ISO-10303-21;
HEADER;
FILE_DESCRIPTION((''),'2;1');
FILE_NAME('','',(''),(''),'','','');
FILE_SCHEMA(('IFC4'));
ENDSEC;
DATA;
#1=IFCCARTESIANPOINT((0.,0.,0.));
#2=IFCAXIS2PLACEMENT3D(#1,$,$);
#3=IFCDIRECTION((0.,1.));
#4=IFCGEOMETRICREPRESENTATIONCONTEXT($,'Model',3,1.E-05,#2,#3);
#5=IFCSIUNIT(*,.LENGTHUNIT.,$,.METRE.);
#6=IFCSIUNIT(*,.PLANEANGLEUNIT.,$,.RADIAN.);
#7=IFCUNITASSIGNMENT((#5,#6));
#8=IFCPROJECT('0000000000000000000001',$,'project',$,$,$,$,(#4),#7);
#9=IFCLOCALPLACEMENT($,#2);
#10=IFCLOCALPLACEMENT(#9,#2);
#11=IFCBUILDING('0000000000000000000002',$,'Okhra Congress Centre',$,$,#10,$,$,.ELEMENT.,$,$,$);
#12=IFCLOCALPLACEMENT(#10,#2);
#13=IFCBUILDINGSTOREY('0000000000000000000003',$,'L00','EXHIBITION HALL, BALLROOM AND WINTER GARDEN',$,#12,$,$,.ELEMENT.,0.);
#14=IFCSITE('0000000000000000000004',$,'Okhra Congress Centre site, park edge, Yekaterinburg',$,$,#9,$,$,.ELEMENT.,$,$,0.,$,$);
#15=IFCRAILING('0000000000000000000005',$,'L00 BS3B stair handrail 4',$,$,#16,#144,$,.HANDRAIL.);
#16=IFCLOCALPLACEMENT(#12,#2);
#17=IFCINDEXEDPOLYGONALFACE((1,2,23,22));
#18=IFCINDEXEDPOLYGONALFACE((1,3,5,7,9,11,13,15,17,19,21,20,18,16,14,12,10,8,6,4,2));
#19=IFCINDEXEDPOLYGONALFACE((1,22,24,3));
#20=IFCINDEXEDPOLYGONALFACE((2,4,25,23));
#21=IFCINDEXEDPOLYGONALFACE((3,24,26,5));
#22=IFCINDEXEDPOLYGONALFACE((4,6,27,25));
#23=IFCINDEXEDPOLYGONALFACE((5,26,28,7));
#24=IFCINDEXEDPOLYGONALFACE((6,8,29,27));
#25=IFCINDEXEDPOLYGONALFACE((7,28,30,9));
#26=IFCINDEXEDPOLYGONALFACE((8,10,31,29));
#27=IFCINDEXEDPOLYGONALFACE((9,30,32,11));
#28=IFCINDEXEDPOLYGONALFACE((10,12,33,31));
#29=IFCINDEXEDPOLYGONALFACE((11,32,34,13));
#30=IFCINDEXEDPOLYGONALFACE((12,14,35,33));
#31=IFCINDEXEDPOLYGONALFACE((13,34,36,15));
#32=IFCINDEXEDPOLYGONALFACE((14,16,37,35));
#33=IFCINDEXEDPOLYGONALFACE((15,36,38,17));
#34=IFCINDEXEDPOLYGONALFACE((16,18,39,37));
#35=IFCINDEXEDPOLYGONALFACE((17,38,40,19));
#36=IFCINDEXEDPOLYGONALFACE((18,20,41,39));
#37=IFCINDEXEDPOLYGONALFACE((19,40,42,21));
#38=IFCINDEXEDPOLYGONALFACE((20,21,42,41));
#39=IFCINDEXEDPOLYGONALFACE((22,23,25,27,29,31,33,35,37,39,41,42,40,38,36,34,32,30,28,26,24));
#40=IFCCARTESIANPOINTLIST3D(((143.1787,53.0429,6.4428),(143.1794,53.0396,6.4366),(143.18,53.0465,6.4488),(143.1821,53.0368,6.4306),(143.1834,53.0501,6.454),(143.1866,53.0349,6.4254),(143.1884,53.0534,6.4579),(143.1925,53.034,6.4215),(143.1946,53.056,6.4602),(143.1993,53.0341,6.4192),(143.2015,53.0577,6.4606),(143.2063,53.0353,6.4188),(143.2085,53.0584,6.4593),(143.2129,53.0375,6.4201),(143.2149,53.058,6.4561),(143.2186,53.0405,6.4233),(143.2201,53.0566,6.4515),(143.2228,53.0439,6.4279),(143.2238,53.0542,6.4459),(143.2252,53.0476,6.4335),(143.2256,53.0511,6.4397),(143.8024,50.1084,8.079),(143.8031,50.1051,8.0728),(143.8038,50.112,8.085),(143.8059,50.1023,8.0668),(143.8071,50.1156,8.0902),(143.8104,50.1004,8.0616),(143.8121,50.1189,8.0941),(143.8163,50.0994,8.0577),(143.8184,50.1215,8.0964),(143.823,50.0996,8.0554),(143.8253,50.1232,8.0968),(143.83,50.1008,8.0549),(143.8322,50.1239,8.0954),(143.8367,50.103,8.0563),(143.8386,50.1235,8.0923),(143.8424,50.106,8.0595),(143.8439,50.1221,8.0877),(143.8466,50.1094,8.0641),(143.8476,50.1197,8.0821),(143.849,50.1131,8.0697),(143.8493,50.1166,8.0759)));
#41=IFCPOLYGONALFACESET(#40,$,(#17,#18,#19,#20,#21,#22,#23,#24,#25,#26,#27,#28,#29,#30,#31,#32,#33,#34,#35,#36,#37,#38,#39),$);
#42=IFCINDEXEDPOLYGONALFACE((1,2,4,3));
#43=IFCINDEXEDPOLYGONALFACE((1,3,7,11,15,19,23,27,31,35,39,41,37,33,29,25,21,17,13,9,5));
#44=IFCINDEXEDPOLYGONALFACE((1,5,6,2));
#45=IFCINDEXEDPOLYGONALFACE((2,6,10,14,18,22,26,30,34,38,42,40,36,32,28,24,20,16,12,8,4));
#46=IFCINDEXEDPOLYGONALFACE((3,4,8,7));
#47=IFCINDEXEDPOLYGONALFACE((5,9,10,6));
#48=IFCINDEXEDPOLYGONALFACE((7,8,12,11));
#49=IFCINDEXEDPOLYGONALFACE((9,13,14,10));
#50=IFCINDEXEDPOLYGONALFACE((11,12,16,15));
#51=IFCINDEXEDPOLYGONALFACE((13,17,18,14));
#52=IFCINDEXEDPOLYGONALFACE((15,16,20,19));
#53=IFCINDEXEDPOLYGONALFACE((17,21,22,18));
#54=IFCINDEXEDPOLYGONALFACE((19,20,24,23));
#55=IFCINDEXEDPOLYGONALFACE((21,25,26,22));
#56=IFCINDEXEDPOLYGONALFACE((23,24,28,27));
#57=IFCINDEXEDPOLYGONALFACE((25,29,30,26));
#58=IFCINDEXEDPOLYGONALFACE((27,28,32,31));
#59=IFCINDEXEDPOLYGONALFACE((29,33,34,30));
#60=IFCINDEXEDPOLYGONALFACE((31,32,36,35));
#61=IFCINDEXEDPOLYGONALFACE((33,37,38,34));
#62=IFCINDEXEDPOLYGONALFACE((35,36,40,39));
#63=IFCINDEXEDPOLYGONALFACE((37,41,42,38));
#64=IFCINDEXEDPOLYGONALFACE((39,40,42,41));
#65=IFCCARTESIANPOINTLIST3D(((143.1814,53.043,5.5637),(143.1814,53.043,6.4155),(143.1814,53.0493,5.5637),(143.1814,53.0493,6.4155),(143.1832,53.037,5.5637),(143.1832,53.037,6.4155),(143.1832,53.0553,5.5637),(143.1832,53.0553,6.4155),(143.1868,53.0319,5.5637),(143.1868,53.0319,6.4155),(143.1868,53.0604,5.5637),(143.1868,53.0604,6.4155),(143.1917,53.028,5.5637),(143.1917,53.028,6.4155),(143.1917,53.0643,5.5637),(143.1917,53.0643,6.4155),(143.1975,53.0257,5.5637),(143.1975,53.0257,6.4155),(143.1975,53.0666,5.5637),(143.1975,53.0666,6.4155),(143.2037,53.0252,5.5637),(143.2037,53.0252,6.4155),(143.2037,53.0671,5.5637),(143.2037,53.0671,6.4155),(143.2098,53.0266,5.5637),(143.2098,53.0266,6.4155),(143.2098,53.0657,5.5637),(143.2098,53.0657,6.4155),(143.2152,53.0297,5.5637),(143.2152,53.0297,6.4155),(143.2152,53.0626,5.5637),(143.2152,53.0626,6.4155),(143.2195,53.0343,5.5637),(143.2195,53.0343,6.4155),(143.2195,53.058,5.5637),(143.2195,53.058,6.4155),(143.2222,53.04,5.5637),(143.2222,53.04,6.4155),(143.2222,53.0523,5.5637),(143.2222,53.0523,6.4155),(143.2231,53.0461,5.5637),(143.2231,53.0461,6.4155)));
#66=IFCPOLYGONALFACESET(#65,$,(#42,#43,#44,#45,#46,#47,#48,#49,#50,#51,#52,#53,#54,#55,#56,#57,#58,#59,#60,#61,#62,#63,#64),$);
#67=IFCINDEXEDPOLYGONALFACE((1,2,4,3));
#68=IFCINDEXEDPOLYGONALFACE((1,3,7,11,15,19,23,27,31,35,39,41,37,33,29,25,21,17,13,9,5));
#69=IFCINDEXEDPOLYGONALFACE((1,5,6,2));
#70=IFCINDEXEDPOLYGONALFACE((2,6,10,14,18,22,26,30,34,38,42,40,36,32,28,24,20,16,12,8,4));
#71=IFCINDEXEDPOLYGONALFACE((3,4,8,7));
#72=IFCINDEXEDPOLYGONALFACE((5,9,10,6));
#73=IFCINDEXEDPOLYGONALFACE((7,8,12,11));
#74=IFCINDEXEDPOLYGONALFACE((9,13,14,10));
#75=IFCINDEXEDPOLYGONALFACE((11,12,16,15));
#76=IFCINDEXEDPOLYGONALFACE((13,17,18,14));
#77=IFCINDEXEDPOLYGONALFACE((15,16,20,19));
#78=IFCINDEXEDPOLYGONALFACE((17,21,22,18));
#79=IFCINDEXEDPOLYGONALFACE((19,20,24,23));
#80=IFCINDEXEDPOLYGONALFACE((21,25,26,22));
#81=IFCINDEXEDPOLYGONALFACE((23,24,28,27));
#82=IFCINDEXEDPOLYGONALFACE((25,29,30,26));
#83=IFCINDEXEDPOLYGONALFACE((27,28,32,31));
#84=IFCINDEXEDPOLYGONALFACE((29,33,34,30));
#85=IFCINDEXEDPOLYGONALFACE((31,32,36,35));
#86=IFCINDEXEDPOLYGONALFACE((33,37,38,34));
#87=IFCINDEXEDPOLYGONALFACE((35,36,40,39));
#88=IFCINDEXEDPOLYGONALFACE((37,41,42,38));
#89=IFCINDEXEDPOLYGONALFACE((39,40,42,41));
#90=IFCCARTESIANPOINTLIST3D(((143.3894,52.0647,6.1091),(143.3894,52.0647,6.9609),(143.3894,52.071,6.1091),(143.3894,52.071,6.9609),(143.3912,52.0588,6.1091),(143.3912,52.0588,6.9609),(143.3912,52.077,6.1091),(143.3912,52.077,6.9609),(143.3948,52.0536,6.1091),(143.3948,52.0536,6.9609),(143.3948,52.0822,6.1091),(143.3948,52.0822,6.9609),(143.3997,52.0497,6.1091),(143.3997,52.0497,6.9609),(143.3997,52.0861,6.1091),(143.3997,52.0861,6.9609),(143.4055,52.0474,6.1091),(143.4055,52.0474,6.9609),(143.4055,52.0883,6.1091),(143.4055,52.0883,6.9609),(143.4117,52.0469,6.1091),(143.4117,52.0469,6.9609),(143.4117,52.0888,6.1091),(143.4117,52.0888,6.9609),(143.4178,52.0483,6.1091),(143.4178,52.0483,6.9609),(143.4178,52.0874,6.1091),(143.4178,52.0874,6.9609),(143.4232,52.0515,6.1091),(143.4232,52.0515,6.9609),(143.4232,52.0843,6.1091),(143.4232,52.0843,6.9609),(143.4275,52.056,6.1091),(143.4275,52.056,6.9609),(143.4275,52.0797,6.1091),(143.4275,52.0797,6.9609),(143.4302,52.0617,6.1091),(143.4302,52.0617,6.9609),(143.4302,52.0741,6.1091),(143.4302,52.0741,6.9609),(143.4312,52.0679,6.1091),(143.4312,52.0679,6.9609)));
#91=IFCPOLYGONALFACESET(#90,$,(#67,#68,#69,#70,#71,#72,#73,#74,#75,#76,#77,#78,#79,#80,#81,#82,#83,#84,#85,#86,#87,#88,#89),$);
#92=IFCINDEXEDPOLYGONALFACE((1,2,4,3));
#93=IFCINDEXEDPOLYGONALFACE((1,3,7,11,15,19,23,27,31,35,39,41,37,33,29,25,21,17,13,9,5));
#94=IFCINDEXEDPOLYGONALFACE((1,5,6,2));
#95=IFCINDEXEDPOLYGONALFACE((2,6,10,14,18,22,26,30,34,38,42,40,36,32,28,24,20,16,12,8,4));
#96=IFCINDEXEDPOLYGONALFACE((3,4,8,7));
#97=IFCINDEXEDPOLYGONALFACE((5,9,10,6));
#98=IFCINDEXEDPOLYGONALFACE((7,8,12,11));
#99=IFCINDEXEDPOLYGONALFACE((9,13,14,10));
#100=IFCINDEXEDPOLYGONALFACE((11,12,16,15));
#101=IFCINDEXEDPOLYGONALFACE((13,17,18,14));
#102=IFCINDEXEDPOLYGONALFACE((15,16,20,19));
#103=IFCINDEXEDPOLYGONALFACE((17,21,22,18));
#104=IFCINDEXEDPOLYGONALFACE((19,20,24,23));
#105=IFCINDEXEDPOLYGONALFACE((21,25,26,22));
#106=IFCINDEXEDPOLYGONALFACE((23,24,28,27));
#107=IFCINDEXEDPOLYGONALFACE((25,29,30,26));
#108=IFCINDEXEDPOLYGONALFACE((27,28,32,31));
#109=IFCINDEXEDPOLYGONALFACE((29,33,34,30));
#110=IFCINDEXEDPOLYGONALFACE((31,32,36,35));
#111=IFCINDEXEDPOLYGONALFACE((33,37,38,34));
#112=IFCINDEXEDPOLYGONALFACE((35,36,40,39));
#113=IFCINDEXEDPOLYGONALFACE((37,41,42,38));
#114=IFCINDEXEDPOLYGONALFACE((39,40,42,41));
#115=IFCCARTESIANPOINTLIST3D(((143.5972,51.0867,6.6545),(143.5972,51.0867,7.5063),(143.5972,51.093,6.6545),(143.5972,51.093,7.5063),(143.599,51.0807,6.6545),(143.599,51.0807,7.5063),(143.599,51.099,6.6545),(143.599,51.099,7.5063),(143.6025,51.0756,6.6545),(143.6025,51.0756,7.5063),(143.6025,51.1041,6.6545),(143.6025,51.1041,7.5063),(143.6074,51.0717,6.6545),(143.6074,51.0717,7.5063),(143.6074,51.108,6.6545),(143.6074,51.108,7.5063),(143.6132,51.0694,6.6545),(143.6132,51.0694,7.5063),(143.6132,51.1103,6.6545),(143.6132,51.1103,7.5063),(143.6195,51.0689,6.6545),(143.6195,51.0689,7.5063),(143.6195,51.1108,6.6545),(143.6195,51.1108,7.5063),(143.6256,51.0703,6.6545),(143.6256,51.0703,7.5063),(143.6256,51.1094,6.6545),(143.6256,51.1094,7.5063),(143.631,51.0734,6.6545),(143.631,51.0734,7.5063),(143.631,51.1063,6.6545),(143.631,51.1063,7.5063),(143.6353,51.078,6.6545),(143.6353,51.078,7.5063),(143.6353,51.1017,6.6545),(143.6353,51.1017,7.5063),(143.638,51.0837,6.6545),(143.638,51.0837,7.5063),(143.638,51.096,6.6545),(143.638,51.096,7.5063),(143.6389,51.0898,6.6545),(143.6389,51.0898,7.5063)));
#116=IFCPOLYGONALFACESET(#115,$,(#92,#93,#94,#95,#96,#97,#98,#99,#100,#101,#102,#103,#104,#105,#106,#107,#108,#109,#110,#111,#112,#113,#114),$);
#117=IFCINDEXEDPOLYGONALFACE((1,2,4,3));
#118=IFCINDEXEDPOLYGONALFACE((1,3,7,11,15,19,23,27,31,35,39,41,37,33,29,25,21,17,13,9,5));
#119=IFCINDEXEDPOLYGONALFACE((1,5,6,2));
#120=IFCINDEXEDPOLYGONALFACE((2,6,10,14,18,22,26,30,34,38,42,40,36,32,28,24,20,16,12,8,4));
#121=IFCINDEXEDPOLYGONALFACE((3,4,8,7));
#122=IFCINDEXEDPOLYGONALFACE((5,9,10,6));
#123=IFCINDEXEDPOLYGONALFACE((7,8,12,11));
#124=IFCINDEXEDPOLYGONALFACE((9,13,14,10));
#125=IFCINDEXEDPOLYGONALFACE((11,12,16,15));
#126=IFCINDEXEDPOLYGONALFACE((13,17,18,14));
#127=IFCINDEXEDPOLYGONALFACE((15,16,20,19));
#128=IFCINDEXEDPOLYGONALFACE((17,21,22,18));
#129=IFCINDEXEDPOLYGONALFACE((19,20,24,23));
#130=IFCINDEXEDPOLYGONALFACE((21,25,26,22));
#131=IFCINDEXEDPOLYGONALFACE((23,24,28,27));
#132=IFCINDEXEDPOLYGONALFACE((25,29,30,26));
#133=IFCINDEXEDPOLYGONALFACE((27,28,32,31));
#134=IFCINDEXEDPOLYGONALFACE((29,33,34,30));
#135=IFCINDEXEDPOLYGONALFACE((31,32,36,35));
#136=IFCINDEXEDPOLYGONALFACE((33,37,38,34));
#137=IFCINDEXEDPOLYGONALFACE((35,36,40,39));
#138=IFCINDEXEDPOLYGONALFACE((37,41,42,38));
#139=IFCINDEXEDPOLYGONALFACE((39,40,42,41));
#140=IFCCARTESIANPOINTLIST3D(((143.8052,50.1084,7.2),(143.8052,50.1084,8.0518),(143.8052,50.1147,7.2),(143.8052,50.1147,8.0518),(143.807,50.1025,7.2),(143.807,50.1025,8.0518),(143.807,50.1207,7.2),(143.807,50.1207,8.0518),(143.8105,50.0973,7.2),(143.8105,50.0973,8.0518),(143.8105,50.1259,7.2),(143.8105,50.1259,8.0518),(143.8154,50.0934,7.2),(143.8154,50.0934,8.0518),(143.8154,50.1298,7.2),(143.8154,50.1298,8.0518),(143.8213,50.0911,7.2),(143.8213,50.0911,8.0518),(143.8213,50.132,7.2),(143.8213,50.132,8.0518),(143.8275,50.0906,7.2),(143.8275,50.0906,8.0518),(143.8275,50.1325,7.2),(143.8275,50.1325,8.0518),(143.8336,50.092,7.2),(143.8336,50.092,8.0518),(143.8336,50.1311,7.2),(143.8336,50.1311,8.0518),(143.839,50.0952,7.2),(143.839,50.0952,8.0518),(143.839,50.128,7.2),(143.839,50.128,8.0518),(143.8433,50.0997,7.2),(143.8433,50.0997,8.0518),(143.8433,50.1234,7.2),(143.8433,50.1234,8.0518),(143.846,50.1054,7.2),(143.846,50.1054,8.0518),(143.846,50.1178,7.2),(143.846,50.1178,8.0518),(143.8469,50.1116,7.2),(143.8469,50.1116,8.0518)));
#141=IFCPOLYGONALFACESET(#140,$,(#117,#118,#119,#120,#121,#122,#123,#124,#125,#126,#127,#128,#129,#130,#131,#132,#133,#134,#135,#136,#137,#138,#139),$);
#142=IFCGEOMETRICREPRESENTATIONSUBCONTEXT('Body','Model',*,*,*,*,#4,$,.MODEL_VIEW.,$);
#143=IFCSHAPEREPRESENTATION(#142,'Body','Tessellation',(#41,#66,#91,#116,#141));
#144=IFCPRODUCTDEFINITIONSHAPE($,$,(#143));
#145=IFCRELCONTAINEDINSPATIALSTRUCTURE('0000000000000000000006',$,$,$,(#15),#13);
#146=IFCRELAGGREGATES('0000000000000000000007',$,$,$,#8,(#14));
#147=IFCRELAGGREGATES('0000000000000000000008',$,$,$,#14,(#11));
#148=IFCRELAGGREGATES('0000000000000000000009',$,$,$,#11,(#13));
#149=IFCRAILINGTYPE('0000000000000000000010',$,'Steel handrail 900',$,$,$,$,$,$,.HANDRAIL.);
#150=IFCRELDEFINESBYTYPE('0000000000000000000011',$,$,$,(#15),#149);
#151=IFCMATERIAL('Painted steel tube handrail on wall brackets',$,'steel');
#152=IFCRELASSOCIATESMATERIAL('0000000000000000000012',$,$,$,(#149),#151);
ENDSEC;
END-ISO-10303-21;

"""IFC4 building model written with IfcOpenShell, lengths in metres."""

from ifc_helpers import new_model, si_unit, direction, frame, origin, origin_2d, place, context, subcontext, project, spatial, circle, extrude, material, type_object, element, save


model = new_model("IFC4")

# Units and contexts
model_context = context("Model", 3, precision=1e-05, world=origin(), true_north=direction((0.0, 1.0)))
body_context = subcontext(model_context, "Body", "Model", "MODEL_VIEW")
ifc_project = project(units=[si_unit("LENGTHUNIT", "METRE"), si_unit("PLANEANGLEUNIT", "RADIAN")], contexts=[model_context])

# Site, building, storey
site_placement = place(None, origin())
site = spatial("IfcSite", under=ifc_project, at=site_placement, Name="Okhra Congress Centre site, park edge, Yekaterinburg", CompositionType="ELEMENT", RefElevation=0.0)
building_placement = place(site_placement, origin())
building = spatial("IfcBuilding", under=site, at=building_placement, Name="Okhra Congress Centre", CompositionType="ELEMENT")
storey_placement = place(building_placement, origin())
storey = spatial("IfcBuildingStorey", under=building, at=storey_placement, Name="L00", Description="EXHIBITION HALL, BALLROOM AND WINTER GARDEN", CompositionType="ELEMENT", Elevation=0.0)

# Railing
ifc_material_1 = material(Name="Painted steel tube handrail on wall brackets", Category="steel")
railing_type_1 = type_object("IfcRailingType", Name="Steel handrail 900", PredefinedType="HANDRAIL", material=ifc_material_1)
railing_1_placement = place(storey_placement, frame((143.2021, 53.0461, 5.5637)))
element("IfcRailing", 1, at=railing_1_placement, inside=storey, type_object=railing_type_1, Name="L00 BS3B stair handrail 4", PredefinedType="HANDRAIL", context=body_context, shape_type="SweptSolid", body=[
    extrude(circle(Radius=0.0239, at=origin_2d()), frame((0.0, 0.0, 0.876), z_axis=(0.182535, -0.858735, 0.478806), x_axis=(0.978146, 0.207917, 0.0)), (0.0, 0.0, 1.0), 3.4172),
    extrude(circle(Radius=0.021, at=origin_2d()), origin(), (0.0, 0.0, 1.0), 0.8518),
    extrude(circle(Radius=0.021, at=origin_2d()), frame((0.208, -0.9783, 0.5454)), (0.0, 0.0, 1.0), 0.8518),
    extrude(circle(Radius=0.021, at=origin_2d()), frame((0.4158, -1.9563, 1.0908)), (0.0, 0.0, 1.0), 0.8518),
    extrude(circle(Radius=0.021, at=origin_2d()), frame((0.6238, -2.9346, 1.6362)), (0.0, 0.0, 1.0), 0.8518),
])

save(model, "model.ifc")
